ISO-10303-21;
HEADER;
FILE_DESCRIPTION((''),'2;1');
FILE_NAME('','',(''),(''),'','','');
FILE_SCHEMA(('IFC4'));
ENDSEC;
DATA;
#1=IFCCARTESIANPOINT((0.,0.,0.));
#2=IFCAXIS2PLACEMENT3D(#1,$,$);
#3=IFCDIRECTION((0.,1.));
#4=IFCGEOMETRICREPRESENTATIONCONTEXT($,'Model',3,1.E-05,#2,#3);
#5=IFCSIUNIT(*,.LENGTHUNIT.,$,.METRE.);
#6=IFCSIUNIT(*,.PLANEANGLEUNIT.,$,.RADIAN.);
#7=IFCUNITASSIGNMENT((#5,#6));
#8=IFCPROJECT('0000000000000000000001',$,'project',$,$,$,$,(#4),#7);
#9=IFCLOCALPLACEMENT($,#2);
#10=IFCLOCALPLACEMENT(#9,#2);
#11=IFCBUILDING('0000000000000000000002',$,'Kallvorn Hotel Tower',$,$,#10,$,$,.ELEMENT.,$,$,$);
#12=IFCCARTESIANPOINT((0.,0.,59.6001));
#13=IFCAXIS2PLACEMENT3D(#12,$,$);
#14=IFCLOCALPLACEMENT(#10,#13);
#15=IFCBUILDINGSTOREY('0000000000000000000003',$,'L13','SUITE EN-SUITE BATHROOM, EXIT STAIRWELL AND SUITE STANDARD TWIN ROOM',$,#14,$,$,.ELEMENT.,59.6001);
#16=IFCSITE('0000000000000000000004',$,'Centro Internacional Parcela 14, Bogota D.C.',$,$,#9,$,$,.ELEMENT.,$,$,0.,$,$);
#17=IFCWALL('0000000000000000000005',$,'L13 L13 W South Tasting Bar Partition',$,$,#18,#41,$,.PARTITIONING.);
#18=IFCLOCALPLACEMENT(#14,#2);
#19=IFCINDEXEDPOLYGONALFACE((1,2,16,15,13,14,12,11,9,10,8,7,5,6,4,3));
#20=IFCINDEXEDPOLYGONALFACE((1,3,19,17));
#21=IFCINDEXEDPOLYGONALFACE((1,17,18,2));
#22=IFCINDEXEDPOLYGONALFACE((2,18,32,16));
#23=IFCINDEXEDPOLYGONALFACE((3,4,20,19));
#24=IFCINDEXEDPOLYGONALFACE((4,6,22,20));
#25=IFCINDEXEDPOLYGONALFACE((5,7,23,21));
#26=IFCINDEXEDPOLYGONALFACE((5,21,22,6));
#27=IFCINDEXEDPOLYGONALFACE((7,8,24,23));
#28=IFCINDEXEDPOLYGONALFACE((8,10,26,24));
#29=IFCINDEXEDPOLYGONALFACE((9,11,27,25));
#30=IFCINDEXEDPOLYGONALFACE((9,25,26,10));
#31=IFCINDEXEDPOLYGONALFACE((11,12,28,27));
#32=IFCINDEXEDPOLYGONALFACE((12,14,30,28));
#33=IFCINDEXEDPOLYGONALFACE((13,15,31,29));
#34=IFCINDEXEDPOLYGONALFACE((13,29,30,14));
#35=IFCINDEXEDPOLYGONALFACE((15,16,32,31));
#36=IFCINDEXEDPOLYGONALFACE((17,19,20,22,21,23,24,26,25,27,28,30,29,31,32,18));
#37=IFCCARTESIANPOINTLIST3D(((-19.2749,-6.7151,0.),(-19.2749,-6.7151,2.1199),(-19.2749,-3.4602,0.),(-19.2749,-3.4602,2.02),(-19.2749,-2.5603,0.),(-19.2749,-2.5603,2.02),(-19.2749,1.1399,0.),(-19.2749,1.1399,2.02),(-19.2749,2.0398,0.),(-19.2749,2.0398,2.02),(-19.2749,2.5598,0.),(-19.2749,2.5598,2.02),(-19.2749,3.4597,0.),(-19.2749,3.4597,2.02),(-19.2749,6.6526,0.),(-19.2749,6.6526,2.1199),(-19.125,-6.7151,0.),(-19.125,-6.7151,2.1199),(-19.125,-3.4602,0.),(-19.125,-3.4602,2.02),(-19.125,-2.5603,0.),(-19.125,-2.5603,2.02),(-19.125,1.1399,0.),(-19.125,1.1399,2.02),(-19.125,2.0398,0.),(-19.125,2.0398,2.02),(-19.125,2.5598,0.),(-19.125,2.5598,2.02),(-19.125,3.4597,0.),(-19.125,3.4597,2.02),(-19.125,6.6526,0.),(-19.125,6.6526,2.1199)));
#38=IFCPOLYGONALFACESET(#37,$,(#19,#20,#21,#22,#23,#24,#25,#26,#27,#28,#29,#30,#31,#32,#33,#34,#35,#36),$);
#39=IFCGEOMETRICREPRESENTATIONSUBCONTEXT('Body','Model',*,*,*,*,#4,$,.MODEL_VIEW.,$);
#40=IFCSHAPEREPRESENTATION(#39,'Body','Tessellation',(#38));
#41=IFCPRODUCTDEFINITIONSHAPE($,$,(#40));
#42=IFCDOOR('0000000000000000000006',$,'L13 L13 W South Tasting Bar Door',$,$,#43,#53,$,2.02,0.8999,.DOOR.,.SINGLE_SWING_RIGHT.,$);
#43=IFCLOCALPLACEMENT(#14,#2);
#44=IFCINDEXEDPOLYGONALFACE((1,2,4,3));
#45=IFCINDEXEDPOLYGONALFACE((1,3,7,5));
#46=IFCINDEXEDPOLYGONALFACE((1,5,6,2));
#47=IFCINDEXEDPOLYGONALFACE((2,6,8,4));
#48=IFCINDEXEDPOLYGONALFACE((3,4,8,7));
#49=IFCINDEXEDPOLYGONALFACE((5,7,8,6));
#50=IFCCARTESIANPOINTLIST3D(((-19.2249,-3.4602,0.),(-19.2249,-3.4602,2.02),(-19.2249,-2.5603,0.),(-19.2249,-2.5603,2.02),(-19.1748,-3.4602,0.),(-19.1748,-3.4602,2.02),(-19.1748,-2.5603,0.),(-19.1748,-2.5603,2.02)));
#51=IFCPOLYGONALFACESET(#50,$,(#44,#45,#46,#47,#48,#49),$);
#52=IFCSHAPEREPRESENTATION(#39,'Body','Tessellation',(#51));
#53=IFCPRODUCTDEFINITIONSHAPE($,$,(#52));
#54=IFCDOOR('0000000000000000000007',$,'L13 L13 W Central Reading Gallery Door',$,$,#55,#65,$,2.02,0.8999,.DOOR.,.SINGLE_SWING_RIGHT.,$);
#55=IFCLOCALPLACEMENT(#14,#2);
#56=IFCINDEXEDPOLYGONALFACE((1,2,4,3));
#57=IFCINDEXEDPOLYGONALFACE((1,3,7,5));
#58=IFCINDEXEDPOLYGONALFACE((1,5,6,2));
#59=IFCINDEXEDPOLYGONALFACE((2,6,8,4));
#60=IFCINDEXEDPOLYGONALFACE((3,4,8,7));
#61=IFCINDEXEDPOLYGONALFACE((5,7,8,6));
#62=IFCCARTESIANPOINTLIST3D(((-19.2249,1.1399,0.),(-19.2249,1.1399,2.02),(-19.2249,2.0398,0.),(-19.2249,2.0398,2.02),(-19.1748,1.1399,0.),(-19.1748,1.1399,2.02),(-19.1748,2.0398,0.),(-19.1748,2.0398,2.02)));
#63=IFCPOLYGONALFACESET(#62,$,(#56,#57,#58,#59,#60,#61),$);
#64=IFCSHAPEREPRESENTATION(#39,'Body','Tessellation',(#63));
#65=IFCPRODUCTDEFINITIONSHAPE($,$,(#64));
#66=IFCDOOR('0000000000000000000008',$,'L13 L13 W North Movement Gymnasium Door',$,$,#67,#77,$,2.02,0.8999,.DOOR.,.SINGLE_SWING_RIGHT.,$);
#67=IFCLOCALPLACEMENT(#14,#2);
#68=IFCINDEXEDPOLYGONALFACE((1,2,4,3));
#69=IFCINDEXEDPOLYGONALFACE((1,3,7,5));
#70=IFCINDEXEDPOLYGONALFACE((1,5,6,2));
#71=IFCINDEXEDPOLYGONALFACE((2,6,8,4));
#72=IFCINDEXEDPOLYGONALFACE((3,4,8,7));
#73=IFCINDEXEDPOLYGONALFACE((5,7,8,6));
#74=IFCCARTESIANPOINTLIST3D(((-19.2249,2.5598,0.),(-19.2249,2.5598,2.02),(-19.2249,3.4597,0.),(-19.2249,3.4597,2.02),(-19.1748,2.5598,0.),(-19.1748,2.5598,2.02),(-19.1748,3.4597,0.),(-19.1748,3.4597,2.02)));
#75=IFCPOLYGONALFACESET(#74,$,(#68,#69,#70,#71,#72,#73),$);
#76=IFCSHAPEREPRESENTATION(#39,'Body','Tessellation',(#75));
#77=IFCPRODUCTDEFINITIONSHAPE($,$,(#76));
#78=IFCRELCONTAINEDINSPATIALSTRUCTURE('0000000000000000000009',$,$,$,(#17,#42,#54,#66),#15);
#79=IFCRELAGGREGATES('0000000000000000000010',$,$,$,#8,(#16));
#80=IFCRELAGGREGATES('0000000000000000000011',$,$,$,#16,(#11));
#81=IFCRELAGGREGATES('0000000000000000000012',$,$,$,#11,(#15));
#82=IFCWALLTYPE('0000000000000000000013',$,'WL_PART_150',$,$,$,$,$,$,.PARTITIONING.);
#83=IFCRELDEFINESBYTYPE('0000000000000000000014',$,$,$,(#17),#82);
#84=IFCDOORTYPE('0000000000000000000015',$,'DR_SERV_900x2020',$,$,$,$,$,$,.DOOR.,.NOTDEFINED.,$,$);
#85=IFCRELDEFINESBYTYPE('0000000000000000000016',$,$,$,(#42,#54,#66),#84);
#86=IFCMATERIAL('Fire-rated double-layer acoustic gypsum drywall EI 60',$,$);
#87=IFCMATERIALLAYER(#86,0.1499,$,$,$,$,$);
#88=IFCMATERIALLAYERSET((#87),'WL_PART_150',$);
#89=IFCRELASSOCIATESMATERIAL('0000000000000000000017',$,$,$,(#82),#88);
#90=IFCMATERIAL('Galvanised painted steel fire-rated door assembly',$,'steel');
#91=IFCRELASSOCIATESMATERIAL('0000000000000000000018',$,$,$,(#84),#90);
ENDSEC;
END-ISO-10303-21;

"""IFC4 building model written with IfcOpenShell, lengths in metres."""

from ifc_helpers import new_model, si_unit, direction, frame, frame_2d, origin, place, context, subcontext, project, spatial, rectangle, extrude, material, layer, layer_set, type_object, element, fill, save


model = new_model("IFC4")

# Units and contexts
model_context = context("Model", 3, precision=1e-05, world=origin(), true_north=direction((0.0, 1.0)))
body_context = subcontext(model_context, "Body", "Model", "MODEL_VIEW")
ifc_project = project(units=[si_unit("LENGTHUNIT", "METRE"), si_unit("PLANEANGLEUNIT", "RADIAN")], contexts=[model_context])

# Site, building, storey
site_placement = place(None, origin())
site = spatial("IfcSite", under=ifc_project, at=site_placement, Name="Centro Internacional Parcela 14, Bogota D.C.", CompositionType="ELEMENT", RefElevation=0.0)
building_placement = place(site_placement, origin())
building = spatial("IfcBuilding", under=site, at=building_placement, Name="Kallvorn Hotel Tower", CompositionType="ELEMENT")
storey_placement = place(building_placement, frame((0.0, 0.0, 59.6001)))
storey = spatial("IfcBuildingStorey", under=building, at=storey_placement, Name="L13", Description="SUITE EN-SUITE BATHROOM, EXIT STAIRWELL AND SUITE STANDARD TWIN ROOM", CompositionType="ELEMENT", Elevation=59.6001)

# Wall, openings, doors
ifc_material_1 = material(Name="Fire-rated double-layer acoustic gypsum drywall EI 60")
ifc_layer = layer(ifc_material_1, 0.1499)
ifc_layer_set = layer_set([ifc_layer], Name="WL_PART_150")
wall_type = type_object("IfcWallType", Name="WL_PART_150", PredefinedType="PARTITIONING", material=ifc_layer_set)
wall_placement = place(storey_placement, frame((-19.2, -6.7151, 0.0), z_axis=(0.0, 0.0, 1.0), x_axis=(0.0, 1.0, 0.0)))
wall = element("IfcWall", 1, at=wall_placement, inside=storey, type_object=wall_type, Name="L13 L13 W South Tasting Bar Partition", PredefinedType="PARTITIONING", context=body_context, shape_type="SweptSolid", body=[
    extrude(rectangle(XDim=13.3677, YDim=0.1499, at=frame_2d((6.6838, 0.0))), origin(), (0.0, 0.0, 1.0), 2.1199),
])
opening_1_placement = place(wall_placement, frame((3.2549, 0.0, 0.0)))
opening_1 = element("IfcOpeningElement", 2, at=opening_1_placement, cuts=wall, PredefinedType="OPENING", context=body_context, shape_type="SweptSolid", body=[
    extrude(rectangle(XDim=0.8999, YDim=2.02, at=frame_2d((0.45, 1.01))), frame((0.0, 0.0898, 0.0), z_axis=(0.0, -1.0, 0.0), x_axis=(1.0, 0.0, 0.0)), (0.0, 0.0, 1.0), 0.1799),
])
opening_2_placement = place(wall_placement, frame((7.855, 0.0, 0.0)))
opening_2 = element("IfcOpeningElement", 3, at=opening_2_placement, cuts=wall, PredefinedType="OPENING", context=body_context, shape_type="SweptSolid", body=[
    extrude(rectangle(XDim=0.8999, YDim=2.02, at=frame_2d((0.45, 1.01))), frame((0.0, 0.0898, 0.0), z_axis=(0.0, -1.0, 0.0), x_axis=(1.0, 0.0, 0.0)), (0.0, 0.0, 1.0), 0.1799),
])
opening_3_placement = place(wall_placement, frame((9.2749, 0.0, 0.0)))
opening_3 = element("IfcOpeningElement", 4, at=opening_3_placement, cuts=wall, PredefinedType="OPENING", context=body_context, shape_type="SweptSolid", body=[
    extrude(rectangle(XDim=0.8999, YDim=2.02, at=frame_2d((0.45, 1.01))), frame((0.0, 0.0898, 0.0), z_axis=(0.0, -1.0, 0.0), x_axis=(1.0, 0.0, 0.0)), (0.0, 0.0, 1.0), 0.1799),
])
ifc_material_2 = material(Name="Galvanised painted steel fire-rated door assembly", Category="steel")
door_type = type_object("IfcDoorType", Name="DR_SERV_900x2020", OperationType="NOTDEFINED", PredefinedType="DOOR", material=ifc_material_2)
door_1_placement = place(opening_1_placement, origin())
door_1 = element("IfcDoor", 5, at=door_1_placement, inside=storey, type_object=door_type, Name="L13 L13 W South Tasting Bar Door", OperationType="SINGLE_SWING_RIGHT", OverallHeight=2.02, OverallWidth=0.8999, PredefinedType="DOOR", context=body_context, shape_type="SweptSolid", body=[
    extrude(rectangle(XDim=0.8999, YDim=2.02, at=frame_2d((0.45, 1.01))), frame((0.0, 0.0249, 0.0), z_axis=(0.0, -1.0, 0.0), x_axis=(1.0, 0.0, 0.0)), (0.0, 0.0, 1.0), 0.05),
])
fill(opening_1, door_1)
door_2_placement = place(opening_2_placement, origin())
door_2 = element("IfcDoor", 6, at=door_2_placement, inside=storey, type_object=door_type, Name="L13 L13 W Central Reading Gallery Door", OperationType="SINGLE_SWING_RIGHT", OverallHeight=2.02, OverallWidth=0.8999, PredefinedType="DOOR", context=body_context, shape_type="SweptSolid", body=[
    extrude(rectangle(XDim=0.8999, YDim=2.02, at=frame_2d((0.45, 1.01))), frame((0.0, 0.0249, 0.0), z_axis=(0.0, -1.0, 0.0), x_axis=(1.0, 0.0, 0.0)), (0.0, 0.0, 1.0), 0.05),
])
fill(opening_2, door_2)
door_3_placement = place(opening_3_placement, origin())
door_3 = element("IfcDoor", 7, at=door_3_placement, inside=storey, type_object=door_type, Name="L13 L13 W North Movement Gymnasium Door", OperationType="SINGLE_SWING_RIGHT", OverallHeight=2.02, OverallWidth=0.8999, PredefinedType="DOOR", context=body_context, shape_type="SweptSolid", body=[
    extrude(rectangle(XDim=0.8999, YDim=2.02, at=frame_2d((0.45, 1.01))), frame((0.0, 0.0249, 0.0), z_axis=(0.0, -1.0, 0.0), x_axis=(1.0, 0.0, 0.0)), (0.0, 0.0, 1.0), 0.05),
])
fill(opening_3, door_3)

save(model, "model.ifc")
